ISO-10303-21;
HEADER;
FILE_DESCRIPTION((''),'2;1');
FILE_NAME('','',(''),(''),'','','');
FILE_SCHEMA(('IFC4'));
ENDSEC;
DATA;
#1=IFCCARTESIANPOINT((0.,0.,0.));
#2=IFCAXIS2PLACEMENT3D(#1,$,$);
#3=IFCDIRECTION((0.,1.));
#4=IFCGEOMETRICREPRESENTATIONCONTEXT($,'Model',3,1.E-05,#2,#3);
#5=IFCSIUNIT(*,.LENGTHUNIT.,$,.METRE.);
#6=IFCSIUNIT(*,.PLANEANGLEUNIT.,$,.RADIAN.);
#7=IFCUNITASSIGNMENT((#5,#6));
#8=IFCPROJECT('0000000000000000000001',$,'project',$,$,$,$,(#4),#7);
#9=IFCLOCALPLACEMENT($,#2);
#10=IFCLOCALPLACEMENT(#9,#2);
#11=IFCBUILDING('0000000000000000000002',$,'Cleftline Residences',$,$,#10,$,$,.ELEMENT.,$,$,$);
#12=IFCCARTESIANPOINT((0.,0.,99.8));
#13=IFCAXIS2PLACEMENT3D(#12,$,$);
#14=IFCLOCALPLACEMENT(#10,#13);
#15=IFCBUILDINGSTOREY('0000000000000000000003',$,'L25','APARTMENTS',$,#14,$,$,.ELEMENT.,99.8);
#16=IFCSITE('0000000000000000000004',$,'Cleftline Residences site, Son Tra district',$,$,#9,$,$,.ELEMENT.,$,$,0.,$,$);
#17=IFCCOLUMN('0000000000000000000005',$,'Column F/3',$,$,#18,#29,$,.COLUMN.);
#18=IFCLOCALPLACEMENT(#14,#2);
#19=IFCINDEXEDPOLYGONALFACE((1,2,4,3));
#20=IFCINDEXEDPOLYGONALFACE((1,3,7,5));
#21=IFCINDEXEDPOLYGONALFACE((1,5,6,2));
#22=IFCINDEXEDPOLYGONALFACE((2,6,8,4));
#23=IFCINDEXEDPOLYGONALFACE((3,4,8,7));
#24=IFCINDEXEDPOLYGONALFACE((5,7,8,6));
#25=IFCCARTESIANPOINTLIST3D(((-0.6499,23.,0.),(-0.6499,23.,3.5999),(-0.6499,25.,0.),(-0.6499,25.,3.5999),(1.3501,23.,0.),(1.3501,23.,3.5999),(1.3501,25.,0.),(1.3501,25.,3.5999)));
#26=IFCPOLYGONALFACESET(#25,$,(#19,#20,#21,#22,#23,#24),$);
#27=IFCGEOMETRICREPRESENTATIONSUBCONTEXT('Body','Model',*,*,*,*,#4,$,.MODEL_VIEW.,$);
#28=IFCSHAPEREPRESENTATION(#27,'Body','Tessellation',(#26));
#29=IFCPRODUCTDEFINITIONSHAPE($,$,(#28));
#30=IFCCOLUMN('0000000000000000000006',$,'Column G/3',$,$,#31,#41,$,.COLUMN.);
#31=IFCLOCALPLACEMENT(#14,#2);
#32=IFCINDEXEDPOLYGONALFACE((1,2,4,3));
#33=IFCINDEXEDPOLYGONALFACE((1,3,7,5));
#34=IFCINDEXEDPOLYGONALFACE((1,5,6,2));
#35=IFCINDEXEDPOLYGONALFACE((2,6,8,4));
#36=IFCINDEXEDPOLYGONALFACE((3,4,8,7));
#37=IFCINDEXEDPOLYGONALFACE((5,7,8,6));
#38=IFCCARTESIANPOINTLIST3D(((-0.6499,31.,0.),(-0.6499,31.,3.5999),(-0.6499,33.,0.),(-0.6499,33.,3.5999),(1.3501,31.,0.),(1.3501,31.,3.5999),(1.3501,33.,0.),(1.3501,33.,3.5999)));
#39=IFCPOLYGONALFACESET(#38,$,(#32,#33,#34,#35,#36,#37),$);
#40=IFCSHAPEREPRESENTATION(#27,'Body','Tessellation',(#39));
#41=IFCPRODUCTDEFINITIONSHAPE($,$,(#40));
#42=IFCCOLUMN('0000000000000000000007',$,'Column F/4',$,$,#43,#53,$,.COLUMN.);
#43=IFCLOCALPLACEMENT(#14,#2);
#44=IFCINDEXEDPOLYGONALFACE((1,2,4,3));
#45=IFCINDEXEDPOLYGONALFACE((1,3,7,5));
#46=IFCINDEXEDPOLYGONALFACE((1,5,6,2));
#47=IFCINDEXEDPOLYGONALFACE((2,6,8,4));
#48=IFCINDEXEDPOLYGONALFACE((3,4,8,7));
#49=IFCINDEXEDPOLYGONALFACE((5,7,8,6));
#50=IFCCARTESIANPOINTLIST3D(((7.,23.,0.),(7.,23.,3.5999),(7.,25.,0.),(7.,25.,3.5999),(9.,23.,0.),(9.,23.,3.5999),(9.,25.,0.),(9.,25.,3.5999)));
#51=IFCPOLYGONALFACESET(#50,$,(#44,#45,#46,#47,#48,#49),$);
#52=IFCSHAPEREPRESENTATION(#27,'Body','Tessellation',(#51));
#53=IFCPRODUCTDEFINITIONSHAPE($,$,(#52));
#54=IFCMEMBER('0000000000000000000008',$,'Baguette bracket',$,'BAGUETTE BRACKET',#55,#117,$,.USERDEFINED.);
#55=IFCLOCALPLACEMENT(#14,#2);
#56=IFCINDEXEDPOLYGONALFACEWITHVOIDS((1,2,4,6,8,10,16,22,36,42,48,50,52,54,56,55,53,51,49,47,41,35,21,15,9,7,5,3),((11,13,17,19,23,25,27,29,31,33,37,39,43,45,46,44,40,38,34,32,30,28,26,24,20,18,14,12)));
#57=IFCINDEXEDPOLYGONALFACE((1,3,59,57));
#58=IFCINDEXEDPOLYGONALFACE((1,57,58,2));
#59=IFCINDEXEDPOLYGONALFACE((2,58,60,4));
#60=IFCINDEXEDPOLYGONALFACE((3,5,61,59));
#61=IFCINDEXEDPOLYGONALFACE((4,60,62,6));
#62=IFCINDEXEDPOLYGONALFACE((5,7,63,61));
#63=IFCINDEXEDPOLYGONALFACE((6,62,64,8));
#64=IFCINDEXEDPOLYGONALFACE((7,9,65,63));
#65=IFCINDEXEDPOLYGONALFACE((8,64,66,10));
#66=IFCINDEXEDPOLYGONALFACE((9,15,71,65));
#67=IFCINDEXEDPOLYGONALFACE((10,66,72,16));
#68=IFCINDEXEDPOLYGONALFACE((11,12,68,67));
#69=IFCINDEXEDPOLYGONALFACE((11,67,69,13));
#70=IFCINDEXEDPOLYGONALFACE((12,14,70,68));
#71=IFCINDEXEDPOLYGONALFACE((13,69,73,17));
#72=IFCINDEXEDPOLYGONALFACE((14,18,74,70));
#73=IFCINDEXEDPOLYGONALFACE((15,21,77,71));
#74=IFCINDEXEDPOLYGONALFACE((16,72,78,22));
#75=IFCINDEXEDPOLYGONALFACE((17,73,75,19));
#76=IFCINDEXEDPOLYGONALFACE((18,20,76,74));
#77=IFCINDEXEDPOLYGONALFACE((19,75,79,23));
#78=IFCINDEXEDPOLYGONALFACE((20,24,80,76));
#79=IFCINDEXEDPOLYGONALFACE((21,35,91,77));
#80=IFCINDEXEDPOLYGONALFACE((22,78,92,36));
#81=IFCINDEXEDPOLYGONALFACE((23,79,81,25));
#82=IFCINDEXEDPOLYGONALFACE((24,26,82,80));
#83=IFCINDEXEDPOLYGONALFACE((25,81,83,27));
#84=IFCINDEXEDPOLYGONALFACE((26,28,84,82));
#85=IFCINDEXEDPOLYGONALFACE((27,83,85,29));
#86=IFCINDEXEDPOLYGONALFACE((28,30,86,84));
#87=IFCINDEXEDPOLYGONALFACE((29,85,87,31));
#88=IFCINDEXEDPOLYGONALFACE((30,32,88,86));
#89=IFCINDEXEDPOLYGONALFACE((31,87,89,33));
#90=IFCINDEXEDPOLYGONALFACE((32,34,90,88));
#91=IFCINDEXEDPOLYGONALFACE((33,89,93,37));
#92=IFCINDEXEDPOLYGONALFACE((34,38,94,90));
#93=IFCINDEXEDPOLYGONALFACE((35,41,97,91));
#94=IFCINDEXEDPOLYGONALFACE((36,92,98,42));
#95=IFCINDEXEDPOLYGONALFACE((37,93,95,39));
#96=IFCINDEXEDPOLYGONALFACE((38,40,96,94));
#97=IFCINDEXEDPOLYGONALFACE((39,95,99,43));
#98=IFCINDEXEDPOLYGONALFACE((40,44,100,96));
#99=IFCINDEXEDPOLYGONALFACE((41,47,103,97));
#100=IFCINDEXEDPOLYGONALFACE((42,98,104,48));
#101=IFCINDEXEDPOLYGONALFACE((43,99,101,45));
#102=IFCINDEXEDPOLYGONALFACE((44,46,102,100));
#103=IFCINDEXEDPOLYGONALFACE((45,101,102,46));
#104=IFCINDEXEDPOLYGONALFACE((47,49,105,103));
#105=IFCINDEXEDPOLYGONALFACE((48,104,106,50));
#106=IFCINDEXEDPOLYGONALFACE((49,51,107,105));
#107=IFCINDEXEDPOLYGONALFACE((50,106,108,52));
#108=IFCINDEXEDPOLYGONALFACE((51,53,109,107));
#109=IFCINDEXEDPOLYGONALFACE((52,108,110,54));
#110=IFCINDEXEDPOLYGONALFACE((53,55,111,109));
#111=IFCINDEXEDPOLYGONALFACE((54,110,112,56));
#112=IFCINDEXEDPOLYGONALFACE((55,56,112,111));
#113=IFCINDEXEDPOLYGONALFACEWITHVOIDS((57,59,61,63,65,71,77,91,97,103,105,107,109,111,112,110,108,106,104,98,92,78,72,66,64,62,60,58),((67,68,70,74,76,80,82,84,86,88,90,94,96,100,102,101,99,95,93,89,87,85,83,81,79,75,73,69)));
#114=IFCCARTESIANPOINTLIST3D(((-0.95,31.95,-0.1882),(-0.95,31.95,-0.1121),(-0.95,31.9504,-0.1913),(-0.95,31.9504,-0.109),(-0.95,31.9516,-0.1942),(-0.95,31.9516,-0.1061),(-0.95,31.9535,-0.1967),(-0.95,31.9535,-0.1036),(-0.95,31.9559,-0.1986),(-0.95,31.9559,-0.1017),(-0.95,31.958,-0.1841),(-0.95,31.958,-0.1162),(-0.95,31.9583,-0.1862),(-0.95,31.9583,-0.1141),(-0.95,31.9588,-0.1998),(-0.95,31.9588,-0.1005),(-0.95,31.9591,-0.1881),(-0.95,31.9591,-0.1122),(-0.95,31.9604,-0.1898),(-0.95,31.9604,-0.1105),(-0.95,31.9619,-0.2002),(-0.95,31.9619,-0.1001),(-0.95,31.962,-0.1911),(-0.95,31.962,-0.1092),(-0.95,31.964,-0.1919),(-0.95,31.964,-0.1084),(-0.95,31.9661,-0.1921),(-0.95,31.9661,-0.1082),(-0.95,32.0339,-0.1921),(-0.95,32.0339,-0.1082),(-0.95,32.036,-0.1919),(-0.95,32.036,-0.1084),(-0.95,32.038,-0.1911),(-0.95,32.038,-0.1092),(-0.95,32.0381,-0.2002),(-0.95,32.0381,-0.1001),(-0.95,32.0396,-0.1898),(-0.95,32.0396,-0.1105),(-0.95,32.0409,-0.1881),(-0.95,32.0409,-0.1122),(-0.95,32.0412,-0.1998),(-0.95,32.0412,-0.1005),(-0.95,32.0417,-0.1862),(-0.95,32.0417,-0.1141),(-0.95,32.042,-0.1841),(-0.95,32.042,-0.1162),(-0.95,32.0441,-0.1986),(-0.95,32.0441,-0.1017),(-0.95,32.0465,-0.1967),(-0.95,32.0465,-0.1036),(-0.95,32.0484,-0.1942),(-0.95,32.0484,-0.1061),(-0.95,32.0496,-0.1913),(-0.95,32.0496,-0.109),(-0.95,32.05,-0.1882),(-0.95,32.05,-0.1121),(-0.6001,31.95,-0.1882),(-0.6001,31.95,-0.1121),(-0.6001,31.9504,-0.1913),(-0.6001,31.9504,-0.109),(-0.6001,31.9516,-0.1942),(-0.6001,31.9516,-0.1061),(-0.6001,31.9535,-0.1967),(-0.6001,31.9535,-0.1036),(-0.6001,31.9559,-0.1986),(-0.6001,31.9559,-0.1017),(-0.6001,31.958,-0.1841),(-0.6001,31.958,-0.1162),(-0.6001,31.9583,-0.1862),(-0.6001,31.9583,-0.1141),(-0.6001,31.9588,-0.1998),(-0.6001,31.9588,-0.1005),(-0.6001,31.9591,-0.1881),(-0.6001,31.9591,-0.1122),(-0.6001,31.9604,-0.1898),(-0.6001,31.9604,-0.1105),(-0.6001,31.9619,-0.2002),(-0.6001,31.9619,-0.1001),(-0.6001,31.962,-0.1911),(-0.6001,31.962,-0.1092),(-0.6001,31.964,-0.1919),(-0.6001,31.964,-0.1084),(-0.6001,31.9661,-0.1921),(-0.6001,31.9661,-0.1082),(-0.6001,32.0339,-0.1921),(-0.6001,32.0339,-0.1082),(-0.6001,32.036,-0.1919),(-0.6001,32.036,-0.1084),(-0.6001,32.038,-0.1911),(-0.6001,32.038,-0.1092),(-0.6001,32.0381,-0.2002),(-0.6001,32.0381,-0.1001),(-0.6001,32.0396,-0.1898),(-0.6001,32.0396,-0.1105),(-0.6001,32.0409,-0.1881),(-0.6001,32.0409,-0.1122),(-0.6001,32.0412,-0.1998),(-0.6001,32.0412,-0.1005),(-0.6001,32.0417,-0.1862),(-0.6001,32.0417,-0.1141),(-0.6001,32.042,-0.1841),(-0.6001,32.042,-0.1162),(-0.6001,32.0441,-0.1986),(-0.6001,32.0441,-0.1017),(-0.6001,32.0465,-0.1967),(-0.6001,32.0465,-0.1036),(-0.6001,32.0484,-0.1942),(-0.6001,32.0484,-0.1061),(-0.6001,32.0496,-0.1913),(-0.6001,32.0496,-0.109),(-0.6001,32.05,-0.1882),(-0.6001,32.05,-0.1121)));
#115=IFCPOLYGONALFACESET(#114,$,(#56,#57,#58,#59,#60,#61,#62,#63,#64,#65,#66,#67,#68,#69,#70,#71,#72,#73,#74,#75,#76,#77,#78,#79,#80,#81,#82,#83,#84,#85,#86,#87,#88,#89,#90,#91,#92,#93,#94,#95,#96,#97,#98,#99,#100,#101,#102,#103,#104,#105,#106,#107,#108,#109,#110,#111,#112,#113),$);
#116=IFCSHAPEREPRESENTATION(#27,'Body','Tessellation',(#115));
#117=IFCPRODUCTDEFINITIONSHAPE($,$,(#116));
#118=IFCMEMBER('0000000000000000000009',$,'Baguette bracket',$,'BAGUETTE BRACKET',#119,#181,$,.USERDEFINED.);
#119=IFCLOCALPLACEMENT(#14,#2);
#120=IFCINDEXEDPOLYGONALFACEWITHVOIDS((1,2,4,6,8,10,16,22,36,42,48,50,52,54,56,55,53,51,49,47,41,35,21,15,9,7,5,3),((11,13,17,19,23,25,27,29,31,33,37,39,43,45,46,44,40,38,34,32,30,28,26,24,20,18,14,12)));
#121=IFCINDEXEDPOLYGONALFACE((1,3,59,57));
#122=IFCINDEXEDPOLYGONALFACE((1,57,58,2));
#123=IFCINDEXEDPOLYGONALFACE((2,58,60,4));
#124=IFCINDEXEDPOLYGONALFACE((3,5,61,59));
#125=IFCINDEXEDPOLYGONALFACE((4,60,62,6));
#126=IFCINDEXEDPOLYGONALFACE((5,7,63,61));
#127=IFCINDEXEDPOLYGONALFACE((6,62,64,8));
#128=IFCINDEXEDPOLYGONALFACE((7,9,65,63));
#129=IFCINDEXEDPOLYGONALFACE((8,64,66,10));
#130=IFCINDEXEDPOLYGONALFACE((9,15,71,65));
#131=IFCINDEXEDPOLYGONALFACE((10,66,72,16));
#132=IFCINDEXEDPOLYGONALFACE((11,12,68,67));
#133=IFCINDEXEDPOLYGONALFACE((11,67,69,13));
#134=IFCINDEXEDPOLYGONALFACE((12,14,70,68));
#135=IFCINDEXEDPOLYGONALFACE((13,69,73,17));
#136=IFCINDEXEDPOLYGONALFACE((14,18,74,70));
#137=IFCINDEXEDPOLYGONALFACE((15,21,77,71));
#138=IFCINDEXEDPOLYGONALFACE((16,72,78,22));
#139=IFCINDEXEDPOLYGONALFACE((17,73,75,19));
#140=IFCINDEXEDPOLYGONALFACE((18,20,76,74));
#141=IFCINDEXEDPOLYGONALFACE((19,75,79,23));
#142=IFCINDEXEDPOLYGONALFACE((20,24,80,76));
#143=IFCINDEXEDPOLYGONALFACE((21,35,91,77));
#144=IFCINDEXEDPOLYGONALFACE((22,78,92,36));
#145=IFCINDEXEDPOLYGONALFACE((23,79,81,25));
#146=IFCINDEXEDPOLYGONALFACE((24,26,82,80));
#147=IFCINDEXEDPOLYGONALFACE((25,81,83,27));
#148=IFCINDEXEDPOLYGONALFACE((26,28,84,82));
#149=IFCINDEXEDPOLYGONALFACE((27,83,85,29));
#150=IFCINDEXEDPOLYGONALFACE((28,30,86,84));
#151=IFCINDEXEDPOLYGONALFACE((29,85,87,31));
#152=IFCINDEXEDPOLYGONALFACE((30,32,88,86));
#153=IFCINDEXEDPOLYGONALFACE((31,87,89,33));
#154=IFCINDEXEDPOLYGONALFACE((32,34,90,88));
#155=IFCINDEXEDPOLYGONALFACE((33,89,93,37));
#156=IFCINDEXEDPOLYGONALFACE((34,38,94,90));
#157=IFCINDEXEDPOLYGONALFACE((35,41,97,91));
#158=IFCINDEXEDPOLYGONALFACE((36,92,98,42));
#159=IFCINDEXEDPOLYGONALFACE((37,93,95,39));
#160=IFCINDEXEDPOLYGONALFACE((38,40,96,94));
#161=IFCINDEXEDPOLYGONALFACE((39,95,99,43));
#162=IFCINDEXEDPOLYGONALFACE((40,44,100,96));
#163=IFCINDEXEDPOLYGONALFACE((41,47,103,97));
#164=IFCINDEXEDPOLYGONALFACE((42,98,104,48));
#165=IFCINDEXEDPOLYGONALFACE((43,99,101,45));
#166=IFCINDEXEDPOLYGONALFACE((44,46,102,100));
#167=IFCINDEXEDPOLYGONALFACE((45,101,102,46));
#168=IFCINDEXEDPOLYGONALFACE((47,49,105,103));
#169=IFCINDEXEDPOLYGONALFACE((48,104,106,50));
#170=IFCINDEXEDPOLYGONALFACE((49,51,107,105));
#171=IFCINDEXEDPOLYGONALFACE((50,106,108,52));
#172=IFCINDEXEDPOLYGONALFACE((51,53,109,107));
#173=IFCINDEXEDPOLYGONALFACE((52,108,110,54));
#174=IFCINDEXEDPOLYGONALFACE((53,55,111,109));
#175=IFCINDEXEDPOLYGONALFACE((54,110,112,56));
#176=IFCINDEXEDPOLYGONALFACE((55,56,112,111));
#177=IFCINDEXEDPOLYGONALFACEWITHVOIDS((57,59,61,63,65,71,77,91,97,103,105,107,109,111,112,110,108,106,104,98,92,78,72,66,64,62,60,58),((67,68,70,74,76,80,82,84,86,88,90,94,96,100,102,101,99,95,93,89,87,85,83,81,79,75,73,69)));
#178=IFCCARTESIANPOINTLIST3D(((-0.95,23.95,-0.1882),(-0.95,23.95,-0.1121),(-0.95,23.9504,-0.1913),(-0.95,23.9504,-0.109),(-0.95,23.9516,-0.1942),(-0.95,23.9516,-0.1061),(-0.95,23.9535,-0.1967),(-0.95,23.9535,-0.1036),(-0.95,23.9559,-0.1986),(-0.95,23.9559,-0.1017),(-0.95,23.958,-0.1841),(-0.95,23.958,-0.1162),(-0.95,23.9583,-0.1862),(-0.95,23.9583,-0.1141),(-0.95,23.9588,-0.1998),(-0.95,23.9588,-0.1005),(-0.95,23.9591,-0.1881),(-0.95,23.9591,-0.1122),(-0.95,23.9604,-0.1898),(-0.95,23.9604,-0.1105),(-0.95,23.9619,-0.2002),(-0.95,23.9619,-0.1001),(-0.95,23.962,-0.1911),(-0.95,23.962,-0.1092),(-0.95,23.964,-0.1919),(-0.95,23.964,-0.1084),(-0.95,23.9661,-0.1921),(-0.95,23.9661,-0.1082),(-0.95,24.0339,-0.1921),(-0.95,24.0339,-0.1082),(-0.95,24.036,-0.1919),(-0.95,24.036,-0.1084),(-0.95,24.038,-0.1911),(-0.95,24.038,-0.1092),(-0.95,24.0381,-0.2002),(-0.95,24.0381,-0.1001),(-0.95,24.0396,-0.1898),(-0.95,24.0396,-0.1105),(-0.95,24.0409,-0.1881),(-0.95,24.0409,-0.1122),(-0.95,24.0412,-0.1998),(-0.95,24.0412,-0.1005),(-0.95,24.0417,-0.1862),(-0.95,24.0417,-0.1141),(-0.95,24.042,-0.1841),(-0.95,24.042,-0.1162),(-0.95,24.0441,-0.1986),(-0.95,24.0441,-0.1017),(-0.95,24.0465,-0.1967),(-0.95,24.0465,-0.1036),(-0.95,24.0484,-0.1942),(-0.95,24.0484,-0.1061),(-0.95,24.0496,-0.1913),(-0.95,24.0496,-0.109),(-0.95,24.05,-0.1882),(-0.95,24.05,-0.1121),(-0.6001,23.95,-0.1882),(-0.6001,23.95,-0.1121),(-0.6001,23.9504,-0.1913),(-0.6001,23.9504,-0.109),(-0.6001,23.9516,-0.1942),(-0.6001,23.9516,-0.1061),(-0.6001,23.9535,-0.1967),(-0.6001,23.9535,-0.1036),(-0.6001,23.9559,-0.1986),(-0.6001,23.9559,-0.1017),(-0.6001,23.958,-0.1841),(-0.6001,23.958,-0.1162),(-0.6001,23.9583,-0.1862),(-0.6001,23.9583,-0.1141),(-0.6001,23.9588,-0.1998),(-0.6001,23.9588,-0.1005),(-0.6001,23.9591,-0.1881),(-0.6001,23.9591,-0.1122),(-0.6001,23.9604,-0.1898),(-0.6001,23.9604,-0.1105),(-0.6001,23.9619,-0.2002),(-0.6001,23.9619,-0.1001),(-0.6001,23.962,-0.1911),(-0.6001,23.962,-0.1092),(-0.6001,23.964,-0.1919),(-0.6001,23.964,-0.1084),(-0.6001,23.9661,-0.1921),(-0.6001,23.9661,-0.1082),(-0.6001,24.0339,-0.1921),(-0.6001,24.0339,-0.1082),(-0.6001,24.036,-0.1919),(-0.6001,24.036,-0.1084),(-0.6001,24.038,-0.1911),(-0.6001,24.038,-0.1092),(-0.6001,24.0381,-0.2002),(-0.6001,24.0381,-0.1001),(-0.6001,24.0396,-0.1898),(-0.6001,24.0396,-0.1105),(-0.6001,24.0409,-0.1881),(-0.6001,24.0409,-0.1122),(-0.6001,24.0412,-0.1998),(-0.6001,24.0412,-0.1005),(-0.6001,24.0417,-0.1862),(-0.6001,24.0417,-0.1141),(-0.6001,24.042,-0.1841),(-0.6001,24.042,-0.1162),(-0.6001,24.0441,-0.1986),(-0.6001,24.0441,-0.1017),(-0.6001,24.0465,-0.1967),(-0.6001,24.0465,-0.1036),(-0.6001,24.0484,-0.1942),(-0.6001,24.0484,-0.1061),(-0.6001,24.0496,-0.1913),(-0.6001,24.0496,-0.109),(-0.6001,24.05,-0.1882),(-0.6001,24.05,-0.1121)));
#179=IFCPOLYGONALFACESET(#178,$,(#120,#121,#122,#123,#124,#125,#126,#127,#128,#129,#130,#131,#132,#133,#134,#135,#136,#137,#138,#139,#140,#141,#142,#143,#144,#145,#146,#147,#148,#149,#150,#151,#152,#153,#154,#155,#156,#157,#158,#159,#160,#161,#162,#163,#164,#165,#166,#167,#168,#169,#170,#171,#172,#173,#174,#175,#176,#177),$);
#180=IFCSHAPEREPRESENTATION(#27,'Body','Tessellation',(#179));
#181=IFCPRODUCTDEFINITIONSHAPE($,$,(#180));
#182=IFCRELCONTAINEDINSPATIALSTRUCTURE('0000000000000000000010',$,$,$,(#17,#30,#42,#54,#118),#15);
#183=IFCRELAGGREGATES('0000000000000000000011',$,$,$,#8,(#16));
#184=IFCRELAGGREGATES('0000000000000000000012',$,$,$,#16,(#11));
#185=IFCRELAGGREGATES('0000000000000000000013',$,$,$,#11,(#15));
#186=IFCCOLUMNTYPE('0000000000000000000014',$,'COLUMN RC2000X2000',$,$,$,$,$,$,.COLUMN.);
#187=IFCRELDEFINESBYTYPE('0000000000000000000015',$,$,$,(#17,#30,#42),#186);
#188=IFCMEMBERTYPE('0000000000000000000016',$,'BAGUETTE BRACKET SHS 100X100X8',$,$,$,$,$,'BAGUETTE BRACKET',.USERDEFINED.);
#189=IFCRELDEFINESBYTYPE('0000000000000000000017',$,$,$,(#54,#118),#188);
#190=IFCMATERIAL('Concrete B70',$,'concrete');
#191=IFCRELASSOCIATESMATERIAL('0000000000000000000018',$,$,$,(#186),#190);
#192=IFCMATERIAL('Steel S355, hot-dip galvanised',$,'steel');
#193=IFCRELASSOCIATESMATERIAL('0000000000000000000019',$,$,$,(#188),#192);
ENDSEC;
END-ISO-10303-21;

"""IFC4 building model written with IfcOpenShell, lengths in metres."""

from ifc_helpers import new_model, si_unit, direction, frame, origin, origin_2d, place, context, subcontext, project, spatial, rectangle, hollow_rectangle, extrude, material, material_profile, profile_set, type_object, element, save


model = new_model("IFC4")

# Units and contexts
model_context = context("Model", 3, precision=1e-05, world=origin(), true_north=direction((0.0, 1.0)))
body_context = subcontext(model_context, "Body", "Model", "MODEL_VIEW")
ifc_project = project(units=[si_unit("LENGTHUNIT", "METRE"), si_unit("PLANEANGLEUNIT", "RADIAN")], contexts=[model_context])

# Site, building, storey
site_placement = place(None, origin())
site = spatial("IfcSite", under=ifc_project, at=site_placement, Name="Cleftline Residences site, Son Tra district", CompositionType="ELEMENT", RefElevation=0.0)
building_placement = place(site_placement, origin())
building = spatial("IfcBuilding", under=site, at=building_placement, Name="Cleftline Residences", CompositionType="ELEMENT")
storey_placement = place(building_placement, frame((0.0, 0.0, 99.8)))
storey = spatial("IfcBuildingStorey", under=building, at=storey_placement, Name="L25", Description="APARTMENTS", CompositionType="ELEMENT", Elevation=99.8)

# Columns
ifc_material_1 = material(Name="Concrete B70", Category="concrete")
ifc_material_profile_1 = material_profile(ifc_material_1, rectangle(XDim=2.0, YDim=2.0, at=origin_2d()))
ifc_profile_set_1 = profile_set([ifc_material_profile_1], Name="Concrete B70")
column_type = type_object("IfcColumnType", Name="COLUMN RC2000X2000", PredefinedType="COLUMN", material=ifc_profile_set_1)
for number, where, z_axis, x_axis, name in (
    (1, (0.3501, 24.0, 0.0), (0.0, 0.0, 1.0), (1.0, 0.0, 0.0), "Column F/3"),
    (2, (0.3501, 32.0, 0.0), (0.0, 0.0, 1.0), (1.0, 0.0, 0.0), "Column G/3"),
    (3, (8.0, 24.0, 0.0), (0.0, 0.0, 1.0), (1.0, 0.0, 0.0), "Column F/4"),
):
    element("IfcColumn", number, at=place(storey_placement, frame(where, z_axis=z_axis, x_axis=x_axis)), inside=storey, type_object=column_type, Name=name, PredefinedType="COLUMN", context=body_context, shape_type="SweptSolid", body=[
        extrude(rectangle(XDim=2.0, YDim=2.0, at=origin_2d()), origin(), (0.0, 0.0, 1.0), 3.5999),
    ])

# Members
ifc_material_2 = material(Name="Steel S355, hot-dip galvanised", Category="steel")
ifc_material_profile_2 = material_profile(ifc_material_2, hollow_rectangle(XDim=0.1001, YDim=0.1001, WallThickness=0.0081, InnerFilletRadius=0.0081, OuterFilletRadius=0.012, at=origin_2d()))
ifc_profile_set_2 = profile_set([ifc_material_profile_2], Name="Steel S355, hot-dip galvanised")
member_type_1 = type_object("IfcMemberType", Name="BAGUETTE BRACKET SHS 100X100X8", ElementType="BAGUETTE BRACKET", PredefinedType="USERDEFINED", material=ifc_profile_set_2)
for number, where, z_axis, x_axis, name in (
    (4, (-0.6001, 32.0, -0.1501), (-1.0, 0.0, 0.0), (0.0, -1.0, 0.0), "Baguette bracket"),
    (5, (-0.6001, 24.0, -0.1501), (-1.0, 0.0, 0.0), (0.0, -1.0, 0.0), "Baguette bracket"),
):
    element("IfcMember", number, at=place(storey_placement, frame(where, z_axis=z_axis, x_axis=x_axis)), inside=storey, type_object=member_type_1, Name=name, ObjectType="BAGUETTE BRACKET", PredefinedType="USERDEFINED", context=body_context, shape_type="SweptSolid", body=[
        extrude(hollow_rectangle(XDim=0.1001, YDim=0.1001, WallThickness=0.0081, InnerFilletRadius=0.0081, OuterFilletRadius=0.012, at=origin_2d()), origin(), (0.0, 0.0, 1.0), 0.3499),
    ])

save(model, "model.ifc")
